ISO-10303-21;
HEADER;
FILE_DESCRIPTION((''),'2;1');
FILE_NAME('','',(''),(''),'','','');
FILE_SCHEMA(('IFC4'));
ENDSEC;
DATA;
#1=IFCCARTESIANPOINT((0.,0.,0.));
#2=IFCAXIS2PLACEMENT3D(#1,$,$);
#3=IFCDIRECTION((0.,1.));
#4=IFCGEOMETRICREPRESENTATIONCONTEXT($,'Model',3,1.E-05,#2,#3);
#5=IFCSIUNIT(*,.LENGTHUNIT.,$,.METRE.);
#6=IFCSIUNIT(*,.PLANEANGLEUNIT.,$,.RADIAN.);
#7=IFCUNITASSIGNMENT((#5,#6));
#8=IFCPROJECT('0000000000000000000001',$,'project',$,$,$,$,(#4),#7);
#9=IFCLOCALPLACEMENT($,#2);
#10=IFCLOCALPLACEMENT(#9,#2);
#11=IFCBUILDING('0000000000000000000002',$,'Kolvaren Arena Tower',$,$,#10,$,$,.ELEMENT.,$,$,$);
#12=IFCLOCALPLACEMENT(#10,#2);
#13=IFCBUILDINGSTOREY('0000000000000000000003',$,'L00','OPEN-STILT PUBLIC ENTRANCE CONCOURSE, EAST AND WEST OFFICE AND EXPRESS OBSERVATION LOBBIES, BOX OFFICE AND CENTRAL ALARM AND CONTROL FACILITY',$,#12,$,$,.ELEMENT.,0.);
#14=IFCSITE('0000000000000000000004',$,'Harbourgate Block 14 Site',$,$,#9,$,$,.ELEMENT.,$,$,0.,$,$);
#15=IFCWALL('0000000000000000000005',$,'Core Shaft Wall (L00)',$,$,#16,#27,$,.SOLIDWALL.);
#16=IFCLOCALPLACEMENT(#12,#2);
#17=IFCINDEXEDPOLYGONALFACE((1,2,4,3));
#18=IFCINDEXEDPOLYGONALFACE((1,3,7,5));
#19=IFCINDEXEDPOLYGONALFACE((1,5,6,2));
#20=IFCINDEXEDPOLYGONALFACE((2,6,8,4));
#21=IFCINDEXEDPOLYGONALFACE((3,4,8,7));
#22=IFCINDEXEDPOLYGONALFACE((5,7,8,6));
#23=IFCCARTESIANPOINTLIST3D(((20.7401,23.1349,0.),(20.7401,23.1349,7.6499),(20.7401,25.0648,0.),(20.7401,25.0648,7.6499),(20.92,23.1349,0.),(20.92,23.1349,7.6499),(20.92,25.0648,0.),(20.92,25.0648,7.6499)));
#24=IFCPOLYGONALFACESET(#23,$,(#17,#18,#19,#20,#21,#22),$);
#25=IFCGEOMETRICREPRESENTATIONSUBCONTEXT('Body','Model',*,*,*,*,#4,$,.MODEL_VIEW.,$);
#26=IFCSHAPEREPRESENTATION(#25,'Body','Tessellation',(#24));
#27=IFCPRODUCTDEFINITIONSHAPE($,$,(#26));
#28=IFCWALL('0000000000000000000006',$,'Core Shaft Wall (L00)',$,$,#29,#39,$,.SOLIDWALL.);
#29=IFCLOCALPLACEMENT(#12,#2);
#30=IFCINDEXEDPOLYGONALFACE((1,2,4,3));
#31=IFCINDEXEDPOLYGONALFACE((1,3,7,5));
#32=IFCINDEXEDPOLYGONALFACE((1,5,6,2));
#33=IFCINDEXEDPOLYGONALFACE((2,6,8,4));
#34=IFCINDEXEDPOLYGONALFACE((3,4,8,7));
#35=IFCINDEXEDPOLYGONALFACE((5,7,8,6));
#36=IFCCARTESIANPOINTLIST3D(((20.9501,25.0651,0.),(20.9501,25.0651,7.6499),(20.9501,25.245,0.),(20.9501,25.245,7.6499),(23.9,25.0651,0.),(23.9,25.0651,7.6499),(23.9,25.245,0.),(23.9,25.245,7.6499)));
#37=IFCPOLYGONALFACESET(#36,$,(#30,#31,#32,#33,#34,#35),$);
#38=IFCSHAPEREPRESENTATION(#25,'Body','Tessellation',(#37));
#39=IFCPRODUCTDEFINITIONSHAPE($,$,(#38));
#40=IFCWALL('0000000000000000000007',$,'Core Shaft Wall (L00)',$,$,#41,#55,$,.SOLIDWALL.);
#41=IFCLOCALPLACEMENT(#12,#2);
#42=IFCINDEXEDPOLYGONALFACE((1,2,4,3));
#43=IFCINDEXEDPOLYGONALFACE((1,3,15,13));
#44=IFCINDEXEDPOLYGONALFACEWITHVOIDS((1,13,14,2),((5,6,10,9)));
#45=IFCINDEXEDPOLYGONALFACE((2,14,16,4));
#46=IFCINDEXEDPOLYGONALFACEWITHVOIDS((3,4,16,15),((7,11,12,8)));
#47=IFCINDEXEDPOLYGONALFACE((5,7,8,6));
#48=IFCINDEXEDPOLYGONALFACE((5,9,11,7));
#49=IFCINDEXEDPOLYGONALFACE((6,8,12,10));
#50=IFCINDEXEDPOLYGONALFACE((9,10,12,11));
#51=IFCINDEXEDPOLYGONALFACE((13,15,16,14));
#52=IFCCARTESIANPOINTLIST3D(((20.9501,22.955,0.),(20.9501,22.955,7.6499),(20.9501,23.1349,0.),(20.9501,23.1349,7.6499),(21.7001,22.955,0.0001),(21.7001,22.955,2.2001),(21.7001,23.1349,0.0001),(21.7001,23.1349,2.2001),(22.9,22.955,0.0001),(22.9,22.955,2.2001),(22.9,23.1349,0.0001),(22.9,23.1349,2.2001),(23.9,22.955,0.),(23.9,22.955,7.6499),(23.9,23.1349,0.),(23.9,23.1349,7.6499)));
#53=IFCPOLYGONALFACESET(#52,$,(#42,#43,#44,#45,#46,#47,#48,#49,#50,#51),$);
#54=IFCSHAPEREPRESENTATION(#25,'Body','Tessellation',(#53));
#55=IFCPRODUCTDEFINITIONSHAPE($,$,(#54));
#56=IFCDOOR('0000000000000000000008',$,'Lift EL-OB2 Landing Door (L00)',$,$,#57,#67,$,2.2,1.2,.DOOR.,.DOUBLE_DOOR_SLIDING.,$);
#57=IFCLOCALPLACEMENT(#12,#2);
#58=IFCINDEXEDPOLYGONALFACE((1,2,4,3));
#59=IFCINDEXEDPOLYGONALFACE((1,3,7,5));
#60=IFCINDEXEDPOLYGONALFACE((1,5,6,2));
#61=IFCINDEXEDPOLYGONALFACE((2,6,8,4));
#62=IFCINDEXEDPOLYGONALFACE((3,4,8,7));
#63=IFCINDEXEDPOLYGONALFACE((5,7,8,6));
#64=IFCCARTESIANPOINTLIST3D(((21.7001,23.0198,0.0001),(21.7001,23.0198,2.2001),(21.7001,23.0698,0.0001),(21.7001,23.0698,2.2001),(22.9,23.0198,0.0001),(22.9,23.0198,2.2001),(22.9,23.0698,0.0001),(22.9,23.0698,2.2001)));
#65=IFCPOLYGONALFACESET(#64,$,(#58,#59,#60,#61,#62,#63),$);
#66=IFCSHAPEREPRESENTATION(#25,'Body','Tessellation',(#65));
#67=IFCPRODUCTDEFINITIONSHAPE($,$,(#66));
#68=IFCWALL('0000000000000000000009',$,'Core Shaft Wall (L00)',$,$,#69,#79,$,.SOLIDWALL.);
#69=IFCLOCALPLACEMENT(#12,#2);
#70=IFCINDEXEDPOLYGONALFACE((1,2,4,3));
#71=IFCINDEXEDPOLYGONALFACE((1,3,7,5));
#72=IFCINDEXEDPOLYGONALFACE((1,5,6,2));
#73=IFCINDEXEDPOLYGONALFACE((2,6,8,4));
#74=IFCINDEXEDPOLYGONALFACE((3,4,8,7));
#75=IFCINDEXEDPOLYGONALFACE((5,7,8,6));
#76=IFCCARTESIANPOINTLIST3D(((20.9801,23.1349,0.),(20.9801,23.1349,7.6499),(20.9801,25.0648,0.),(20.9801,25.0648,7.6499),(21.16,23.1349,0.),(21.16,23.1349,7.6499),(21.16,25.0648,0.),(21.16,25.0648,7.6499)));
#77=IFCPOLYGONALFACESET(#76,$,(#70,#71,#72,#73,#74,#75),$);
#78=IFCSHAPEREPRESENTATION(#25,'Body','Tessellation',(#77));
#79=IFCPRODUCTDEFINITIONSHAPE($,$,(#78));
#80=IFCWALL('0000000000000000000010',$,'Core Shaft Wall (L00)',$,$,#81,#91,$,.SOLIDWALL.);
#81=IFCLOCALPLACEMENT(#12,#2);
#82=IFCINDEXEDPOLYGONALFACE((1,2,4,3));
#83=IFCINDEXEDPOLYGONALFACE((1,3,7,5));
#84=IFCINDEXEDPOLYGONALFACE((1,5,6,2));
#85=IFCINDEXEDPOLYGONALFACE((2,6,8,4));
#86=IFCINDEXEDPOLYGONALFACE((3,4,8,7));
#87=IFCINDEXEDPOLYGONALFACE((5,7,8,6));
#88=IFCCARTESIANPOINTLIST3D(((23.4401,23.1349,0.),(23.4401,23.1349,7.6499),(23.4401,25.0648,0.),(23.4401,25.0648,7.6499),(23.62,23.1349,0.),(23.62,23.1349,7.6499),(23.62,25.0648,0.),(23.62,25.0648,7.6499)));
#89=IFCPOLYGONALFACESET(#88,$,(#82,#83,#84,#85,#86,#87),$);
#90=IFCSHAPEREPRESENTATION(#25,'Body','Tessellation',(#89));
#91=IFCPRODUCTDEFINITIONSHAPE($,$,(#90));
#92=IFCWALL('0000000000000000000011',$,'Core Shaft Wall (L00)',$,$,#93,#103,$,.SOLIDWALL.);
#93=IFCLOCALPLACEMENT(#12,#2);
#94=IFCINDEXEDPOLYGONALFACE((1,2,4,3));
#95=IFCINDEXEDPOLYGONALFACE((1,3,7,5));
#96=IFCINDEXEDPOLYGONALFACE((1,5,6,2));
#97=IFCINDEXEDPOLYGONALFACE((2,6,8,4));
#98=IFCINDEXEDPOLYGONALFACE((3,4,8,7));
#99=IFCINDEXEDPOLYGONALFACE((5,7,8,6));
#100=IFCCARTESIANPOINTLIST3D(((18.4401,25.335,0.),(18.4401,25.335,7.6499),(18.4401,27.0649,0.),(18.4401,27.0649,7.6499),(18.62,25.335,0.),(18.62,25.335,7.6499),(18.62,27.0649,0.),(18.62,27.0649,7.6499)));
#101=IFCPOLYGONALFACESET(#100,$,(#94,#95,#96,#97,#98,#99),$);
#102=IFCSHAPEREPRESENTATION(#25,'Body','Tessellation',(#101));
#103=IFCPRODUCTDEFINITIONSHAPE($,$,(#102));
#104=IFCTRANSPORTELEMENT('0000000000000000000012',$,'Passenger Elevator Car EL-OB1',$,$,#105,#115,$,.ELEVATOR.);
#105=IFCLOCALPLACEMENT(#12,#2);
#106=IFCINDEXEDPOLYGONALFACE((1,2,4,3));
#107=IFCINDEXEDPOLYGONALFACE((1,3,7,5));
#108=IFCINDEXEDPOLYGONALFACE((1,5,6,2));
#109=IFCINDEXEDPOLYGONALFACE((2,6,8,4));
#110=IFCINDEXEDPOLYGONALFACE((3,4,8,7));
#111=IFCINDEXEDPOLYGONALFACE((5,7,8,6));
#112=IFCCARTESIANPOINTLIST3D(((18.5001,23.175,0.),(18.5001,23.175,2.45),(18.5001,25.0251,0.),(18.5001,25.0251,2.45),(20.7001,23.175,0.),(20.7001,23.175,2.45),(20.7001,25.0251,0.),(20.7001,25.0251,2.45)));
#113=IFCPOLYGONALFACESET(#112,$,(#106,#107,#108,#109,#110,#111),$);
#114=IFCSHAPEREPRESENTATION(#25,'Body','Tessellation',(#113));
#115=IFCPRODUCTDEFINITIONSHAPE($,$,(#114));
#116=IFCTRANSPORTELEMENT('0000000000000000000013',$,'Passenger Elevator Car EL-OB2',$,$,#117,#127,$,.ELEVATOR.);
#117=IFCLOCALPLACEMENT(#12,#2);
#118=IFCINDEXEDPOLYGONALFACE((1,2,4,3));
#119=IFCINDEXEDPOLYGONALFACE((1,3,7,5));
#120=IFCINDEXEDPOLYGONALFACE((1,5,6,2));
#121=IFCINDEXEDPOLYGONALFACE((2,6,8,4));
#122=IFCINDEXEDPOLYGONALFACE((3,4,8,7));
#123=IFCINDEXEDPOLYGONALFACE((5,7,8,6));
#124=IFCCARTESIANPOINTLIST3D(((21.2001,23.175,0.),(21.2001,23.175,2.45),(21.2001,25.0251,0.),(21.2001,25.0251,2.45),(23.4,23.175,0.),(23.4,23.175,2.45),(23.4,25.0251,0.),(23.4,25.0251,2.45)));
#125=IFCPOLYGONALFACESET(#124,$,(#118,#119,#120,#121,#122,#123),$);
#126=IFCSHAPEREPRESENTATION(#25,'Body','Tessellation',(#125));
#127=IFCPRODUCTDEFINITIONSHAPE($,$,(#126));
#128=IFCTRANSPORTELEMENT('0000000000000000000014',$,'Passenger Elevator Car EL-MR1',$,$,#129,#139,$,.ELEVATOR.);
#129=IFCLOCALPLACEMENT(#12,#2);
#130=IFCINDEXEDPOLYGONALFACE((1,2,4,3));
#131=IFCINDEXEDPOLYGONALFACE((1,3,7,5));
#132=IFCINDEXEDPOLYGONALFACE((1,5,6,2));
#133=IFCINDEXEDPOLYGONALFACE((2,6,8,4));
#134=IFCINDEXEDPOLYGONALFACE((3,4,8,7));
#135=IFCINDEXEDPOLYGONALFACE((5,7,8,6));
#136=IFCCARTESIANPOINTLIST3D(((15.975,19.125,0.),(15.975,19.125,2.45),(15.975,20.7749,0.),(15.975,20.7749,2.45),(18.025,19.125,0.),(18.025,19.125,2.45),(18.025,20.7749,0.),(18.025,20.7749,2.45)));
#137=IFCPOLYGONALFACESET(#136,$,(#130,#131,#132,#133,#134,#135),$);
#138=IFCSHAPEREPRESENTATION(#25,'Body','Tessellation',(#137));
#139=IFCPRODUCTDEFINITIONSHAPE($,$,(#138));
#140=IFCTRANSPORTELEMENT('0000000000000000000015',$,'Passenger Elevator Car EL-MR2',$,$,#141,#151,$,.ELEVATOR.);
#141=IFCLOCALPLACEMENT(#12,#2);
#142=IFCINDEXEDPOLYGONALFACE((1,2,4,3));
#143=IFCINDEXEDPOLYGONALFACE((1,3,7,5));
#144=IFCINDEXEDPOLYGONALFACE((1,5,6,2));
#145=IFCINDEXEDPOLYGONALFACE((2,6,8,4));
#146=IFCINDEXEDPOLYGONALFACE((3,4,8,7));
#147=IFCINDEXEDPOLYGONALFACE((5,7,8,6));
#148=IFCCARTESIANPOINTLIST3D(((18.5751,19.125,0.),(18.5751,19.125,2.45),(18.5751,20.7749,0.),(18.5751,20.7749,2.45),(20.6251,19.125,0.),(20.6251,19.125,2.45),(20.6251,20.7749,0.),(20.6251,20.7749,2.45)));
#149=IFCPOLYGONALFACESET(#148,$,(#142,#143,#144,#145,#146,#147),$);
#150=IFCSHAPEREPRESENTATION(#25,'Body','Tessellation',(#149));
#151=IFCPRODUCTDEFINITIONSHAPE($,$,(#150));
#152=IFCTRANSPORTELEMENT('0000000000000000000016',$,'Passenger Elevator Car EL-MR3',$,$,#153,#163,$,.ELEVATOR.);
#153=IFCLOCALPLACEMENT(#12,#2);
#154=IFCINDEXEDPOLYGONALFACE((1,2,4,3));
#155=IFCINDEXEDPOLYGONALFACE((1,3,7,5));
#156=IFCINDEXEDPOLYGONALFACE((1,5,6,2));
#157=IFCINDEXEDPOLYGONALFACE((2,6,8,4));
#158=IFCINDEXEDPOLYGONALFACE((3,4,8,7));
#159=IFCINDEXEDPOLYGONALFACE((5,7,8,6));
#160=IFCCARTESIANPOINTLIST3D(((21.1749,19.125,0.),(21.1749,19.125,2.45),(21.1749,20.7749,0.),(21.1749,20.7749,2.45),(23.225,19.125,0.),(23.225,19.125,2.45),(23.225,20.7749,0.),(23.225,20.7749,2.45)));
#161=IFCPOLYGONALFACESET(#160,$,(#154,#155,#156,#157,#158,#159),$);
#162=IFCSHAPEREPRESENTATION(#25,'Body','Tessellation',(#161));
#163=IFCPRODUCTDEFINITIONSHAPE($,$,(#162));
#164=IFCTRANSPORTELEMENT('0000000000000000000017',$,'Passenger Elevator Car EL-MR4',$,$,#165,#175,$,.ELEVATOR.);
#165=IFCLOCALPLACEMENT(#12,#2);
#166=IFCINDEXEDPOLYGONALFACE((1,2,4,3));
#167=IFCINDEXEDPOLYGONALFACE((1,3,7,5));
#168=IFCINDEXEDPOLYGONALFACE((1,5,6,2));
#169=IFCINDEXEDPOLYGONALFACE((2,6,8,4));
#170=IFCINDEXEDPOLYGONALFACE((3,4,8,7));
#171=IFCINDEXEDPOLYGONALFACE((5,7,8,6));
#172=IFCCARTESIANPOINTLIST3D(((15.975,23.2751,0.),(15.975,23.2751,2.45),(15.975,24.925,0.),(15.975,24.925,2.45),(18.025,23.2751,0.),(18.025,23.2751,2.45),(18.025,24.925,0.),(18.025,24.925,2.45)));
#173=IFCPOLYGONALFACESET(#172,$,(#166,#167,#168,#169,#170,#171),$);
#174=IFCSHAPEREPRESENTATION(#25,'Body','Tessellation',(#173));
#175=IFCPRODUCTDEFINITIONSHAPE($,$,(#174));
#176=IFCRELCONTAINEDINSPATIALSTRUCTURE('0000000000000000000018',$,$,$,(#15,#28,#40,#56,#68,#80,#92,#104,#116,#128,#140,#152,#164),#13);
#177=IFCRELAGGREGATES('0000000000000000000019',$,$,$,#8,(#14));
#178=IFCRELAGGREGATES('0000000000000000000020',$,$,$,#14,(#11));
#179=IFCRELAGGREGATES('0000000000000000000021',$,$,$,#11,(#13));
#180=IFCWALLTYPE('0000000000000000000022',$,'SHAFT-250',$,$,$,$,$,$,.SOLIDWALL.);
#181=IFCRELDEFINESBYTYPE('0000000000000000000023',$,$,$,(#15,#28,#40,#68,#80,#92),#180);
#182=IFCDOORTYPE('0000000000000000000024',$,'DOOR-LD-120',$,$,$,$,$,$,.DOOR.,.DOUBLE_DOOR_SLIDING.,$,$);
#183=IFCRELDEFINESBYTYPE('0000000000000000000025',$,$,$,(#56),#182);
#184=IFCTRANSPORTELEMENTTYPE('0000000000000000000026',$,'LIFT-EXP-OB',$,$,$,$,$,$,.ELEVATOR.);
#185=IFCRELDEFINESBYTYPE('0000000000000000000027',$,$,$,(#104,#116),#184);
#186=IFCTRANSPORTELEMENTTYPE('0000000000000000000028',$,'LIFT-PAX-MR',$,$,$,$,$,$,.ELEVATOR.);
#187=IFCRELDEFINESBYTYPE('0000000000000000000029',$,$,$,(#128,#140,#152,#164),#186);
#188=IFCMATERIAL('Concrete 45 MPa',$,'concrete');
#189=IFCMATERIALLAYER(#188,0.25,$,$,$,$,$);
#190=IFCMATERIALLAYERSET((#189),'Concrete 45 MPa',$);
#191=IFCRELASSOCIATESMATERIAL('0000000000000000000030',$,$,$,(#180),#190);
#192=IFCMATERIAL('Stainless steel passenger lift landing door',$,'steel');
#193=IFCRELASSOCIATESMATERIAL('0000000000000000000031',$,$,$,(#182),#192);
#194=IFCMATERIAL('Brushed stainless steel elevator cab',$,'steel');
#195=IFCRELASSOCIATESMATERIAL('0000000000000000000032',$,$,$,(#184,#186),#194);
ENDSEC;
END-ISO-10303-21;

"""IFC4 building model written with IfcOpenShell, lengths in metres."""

from ifc_helpers import new_model, si_unit, direction, frame, frame_2d, origin, origin_2d, place, context, subcontext, project, spatial, rectangle, extrude, material, layer, layer_set, type_object, element, fill, save


model = new_model("IFC4")

# Units and contexts
model_context = context("Model", 3, precision=1e-05, world=origin(), true_north=direction((0.0, 1.0)))
body_context = subcontext(model_context, "Body", "Model", "MODEL_VIEW")
ifc_project = project(units=[si_unit("LENGTHUNIT", "METRE"), si_unit("PLANEANGLEUNIT", "RADIAN")], contexts=[model_context])

# Site, building, storey
site_placement = place(None, origin())
site = spatial("IfcSite", under=ifc_project, at=site_placement, Name="Harbourgate Block 14 Site", CompositionType="ELEMENT", RefElevation=0.0)
building_placement = place(site_placement, origin())
building = spatial("IfcBuilding", under=site, at=building_placement, Name="Kolvaren Arena Tower", CompositionType="ELEMENT")
storey_placement = place(building_placement, origin())
storey = spatial("IfcBuildingStorey", under=building, at=storey_placement, Name="L00", Description="OPEN-STILT PUBLIC ENTRANCE CONCOURSE, EAST AND WEST OFFICE AND EXPRESS OBSERVATION LOBBIES, BOX OFFICE AND CENTRAL ALARM AND CONTROL FACILITY", CompositionType="ELEMENT", Elevation=0.0)

# Shared definitions
ifc_material_1 = material(Name="Concrete 45 MPa", Category="concrete")
ifc_layer = layer(ifc_material_1, 0.25)
ifc_layer_set = layer_set([ifc_layer], Name="Concrete 45 MPa")
wall_type = type_object("IfcWallType", Name="SHAFT-250", PredefinedType="SOLIDWALL", material=ifc_layer_set)
ifc_material_2 = material(Name="Stainless steel passenger lift landing door", Category="steel")
door_type = type_object("IfcDoorType", Name="DOOR-LD-120", OperationType="DOUBLE_DOOR_SLIDING", PredefinedType="DOOR", material=ifc_material_2)

# Walls
for number, where, z_axis, x_axis, name in (
    (1, (20.8301, 23.135, 0.0), (0.0, 0.0, 1.0), (0.0, 1.0, 0.0), "Core Shaft Wall (L00)"),
):
    element("IfcWall", number, at=place(storey_placement, frame(where, z_axis=z_axis, x_axis=x_axis)), inside=storey, type_object=wall_type, Name=name, PredefinedType="SOLIDWALL", context=body_context, shape_type="SweptSolid", body=[
        extrude(rectangle(XDim=1.9299, YDim=0.1799, at=frame_2d((0.9648, 0.0))), origin(), (0.0, 0.0, 1.0), 7.6499),
    ])
wall_1_placement = place(storey_placement, frame((20.95, 25.155, 0.0), z_axis=(0.0, 0.0, 1.0), x_axis=(1.0, 0.0, 0.0)))
element("IfcWall", 2, at=wall_1_placement, inside=storey, type_object=wall_type, Name="Core Shaft Wall (L00)", PredefinedType="SOLIDWALL", context=body_context, shape_type="SweptSolid", body=[
    extrude(rectangle(XDim=2.95, YDim=0.1799, at=frame_2d((1.4751, 0.0))), origin(), (0.0, 0.0, 1.0), 7.6499),
])

# Wall, opening, door
wall_2_placement = place(storey_placement, frame((20.95, 23.0449, 0.0), z_axis=(0.0, 0.0, 1.0), x_axis=(1.0, 0.0, 0.0)))
wall_2 = element("IfcWall", 3, at=wall_2_placement, inside=storey, type_object=wall_type, Name="Core Shaft Wall (L00)", PredefinedType="SOLIDWALL", context=body_context, shape_type="SweptSolid", body=[
    extrude(rectangle(XDim=2.95, YDim=0.1799, at=frame_2d((1.4751, 0.0))), origin(), (0.0, 0.0, 1.0), 7.6499),
])
opening_1_placement = place(wall_2_placement, frame((0.75, 0.0, 0.0)))
opening_1 = element("IfcOpeningElement", 4, at=opening_1_placement, cuts=wall_2, PredefinedType="OPENING", context=body_context, shape_type="SweptSolid", body=[
    extrude(rectangle(XDim=1.2, YDim=2.2, at=frame_2d((0.6001, 1.1001))), frame((0.0, 0.0999, 0.0), z_axis=(0.0, -1.0, 0.0), x_axis=(1.0, 0.0, 0.0)), (0.0, 0.0, 1.0), 0.2),
])
door_1_placement = place(opening_1_placement, origin())
door_1 = element("IfcDoor", 5, at=door_1_placement, inside=storey, type_object=door_type, Name="Lift EL-OB2 Landing Door (L00)", OperationType="DOUBLE_DOOR_SLIDING", OverallHeight=2.2, OverallWidth=1.2, PredefinedType="DOOR", context=body_context, shape_type="SweptSolid", body=[
    extrude(rectangle(XDim=1.2, YDim=2.2, at=frame_2d((0.6001, 1.1001))), frame((0.0, 0.0249, 0.0), z_axis=(0.0, -1.0, 0.0), x_axis=(1.0, 0.0, 0.0)), (0.0, 0.0, 1.0), 0.05),
])
fill(opening_1, door_1)

# Walls
for number, where, z_axis, x_axis, name in (
    (6, (21.0701, 23.135, 0.0), (0.0, 0.0, 1.0), (0.0, 1.0, 0.0), "Core Shaft Wall (L00)"),
    (7, (23.53, 23.135, 0.0), (0.0, 0.0, 1.0), (0.0, 1.0, 0.0), "Core Shaft Wall (L00)"),
):
    element("IfcWall", number, at=place(storey_placement, frame(where, z_axis=z_axis, x_axis=x_axis)), inside=storey, type_object=wall_type, Name=name, PredefinedType="SOLIDWALL", context=body_context, shape_type="SweptSolid", body=[
        extrude(rectangle(XDim=1.9299, YDim=0.1799, at=frame_2d((0.9648, 0.0))), origin(), (0.0, 0.0, 1.0), 7.6499),
    ])
wall_3_placement = place(storey_placement, frame((18.53, 25.335, 0.0), z_axis=(0.0, 0.0, 1.0), x_axis=(0.0, 1.0, 0.0)))
element("IfcWall", 8, at=wall_3_placement, inside=storey, type_object=wall_type, Name="Core Shaft Wall (L00)", PredefinedType="SOLIDWALL", context=body_context, shape_type="SweptSolid", body=[
    extrude(rectangle(XDim=1.73, YDim=0.1799, at=frame_2d((0.865, 0.0))), origin(), (0.0, 0.0, 1.0), 7.6499),
])

# Transport elements
ifc_material_3 = material(Name="Brushed stainless steel elevator cab", Category="steel")
transport_element_type_1 = type_object("IfcTransportElementType", Name="LIFT-EXP-OB", PredefinedType="ELEVATOR", material=ifc_material_3)
for number, where, z_axis, x_axis, name in (
    (9, (19.6001, 24.1001, 0.0), (0.0, 0.0, 1.0), (1.0, 0.0, 0.0), "Passenger Elevator Car EL-OB1"),
    (10, (22.3, 24.1001, 0.0), (0.0, 0.0, 1.0), (1.0, 0.0, 0.0), "Passenger Elevator Car EL-OB2"),
):
    element("IfcTransportElement", number, at=place(storey_placement, frame(where, z_axis=z_axis, x_axis=x_axis)), inside=storey, type_object=transport_element_type_1, Name=name, PredefinedType="ELEVATOR", context=body_context, shape_type="SweptSolid", body=[
        extrude(rectangle(XDim=2.2, YDim=1.8501, at=origin_2d()), origin(), (0.0, 0.0, 1.0), 2.45),
    ])
transport_element_type_2 = type_object("IfcTransportElementType", Name="LIFT-PAX-MR", PredefinedType="ELEVATOR", material=ifc_material_3)
for number, where, z_axis, x_axis, name in (
    (11, (17.0, 19.95, 0.0), (0.0, 0.0, 1.0), (1.0, 0.0, 0.0), "Passenger Elevator Car EL-MR1"),
    (12, (19.6001, 19.95, 0.0), (0.0, 0.0, 1.0), (1.0, 0.0, 0.0), "Passenger Elevator Car EL-MR2"),
    (13, (22.2, 19.95, 0.0), (0.0, 0.0, 1.0), (1.0, 0.0, 0.0), "Passenger Elevator Car EL-MR3"),
    (14, (17.0, 24.1001, 0.0), (0.0, 0.0, 1.0), (1.0, 0.0, 0.0), "Passenger Elevator Car EL-MR4"),
):
    element("IfcTransportElement", number, at=place(storey_placement, frame(where, z_axis=z_axis, x_axis=x_axis)), inside=storey, type_object=transport_element_type_2, Name=name, PredefinedType="ELEVATOR", context=body_context, shape_type="SweptSolid", body=[
        extrude(rectangle(XDim=2.05, YDim=1.6499, at=origin_2d()), origin(), (0.0, 0.0, 1.0), 2.45),
    ])

save(model, "model.ifc")
